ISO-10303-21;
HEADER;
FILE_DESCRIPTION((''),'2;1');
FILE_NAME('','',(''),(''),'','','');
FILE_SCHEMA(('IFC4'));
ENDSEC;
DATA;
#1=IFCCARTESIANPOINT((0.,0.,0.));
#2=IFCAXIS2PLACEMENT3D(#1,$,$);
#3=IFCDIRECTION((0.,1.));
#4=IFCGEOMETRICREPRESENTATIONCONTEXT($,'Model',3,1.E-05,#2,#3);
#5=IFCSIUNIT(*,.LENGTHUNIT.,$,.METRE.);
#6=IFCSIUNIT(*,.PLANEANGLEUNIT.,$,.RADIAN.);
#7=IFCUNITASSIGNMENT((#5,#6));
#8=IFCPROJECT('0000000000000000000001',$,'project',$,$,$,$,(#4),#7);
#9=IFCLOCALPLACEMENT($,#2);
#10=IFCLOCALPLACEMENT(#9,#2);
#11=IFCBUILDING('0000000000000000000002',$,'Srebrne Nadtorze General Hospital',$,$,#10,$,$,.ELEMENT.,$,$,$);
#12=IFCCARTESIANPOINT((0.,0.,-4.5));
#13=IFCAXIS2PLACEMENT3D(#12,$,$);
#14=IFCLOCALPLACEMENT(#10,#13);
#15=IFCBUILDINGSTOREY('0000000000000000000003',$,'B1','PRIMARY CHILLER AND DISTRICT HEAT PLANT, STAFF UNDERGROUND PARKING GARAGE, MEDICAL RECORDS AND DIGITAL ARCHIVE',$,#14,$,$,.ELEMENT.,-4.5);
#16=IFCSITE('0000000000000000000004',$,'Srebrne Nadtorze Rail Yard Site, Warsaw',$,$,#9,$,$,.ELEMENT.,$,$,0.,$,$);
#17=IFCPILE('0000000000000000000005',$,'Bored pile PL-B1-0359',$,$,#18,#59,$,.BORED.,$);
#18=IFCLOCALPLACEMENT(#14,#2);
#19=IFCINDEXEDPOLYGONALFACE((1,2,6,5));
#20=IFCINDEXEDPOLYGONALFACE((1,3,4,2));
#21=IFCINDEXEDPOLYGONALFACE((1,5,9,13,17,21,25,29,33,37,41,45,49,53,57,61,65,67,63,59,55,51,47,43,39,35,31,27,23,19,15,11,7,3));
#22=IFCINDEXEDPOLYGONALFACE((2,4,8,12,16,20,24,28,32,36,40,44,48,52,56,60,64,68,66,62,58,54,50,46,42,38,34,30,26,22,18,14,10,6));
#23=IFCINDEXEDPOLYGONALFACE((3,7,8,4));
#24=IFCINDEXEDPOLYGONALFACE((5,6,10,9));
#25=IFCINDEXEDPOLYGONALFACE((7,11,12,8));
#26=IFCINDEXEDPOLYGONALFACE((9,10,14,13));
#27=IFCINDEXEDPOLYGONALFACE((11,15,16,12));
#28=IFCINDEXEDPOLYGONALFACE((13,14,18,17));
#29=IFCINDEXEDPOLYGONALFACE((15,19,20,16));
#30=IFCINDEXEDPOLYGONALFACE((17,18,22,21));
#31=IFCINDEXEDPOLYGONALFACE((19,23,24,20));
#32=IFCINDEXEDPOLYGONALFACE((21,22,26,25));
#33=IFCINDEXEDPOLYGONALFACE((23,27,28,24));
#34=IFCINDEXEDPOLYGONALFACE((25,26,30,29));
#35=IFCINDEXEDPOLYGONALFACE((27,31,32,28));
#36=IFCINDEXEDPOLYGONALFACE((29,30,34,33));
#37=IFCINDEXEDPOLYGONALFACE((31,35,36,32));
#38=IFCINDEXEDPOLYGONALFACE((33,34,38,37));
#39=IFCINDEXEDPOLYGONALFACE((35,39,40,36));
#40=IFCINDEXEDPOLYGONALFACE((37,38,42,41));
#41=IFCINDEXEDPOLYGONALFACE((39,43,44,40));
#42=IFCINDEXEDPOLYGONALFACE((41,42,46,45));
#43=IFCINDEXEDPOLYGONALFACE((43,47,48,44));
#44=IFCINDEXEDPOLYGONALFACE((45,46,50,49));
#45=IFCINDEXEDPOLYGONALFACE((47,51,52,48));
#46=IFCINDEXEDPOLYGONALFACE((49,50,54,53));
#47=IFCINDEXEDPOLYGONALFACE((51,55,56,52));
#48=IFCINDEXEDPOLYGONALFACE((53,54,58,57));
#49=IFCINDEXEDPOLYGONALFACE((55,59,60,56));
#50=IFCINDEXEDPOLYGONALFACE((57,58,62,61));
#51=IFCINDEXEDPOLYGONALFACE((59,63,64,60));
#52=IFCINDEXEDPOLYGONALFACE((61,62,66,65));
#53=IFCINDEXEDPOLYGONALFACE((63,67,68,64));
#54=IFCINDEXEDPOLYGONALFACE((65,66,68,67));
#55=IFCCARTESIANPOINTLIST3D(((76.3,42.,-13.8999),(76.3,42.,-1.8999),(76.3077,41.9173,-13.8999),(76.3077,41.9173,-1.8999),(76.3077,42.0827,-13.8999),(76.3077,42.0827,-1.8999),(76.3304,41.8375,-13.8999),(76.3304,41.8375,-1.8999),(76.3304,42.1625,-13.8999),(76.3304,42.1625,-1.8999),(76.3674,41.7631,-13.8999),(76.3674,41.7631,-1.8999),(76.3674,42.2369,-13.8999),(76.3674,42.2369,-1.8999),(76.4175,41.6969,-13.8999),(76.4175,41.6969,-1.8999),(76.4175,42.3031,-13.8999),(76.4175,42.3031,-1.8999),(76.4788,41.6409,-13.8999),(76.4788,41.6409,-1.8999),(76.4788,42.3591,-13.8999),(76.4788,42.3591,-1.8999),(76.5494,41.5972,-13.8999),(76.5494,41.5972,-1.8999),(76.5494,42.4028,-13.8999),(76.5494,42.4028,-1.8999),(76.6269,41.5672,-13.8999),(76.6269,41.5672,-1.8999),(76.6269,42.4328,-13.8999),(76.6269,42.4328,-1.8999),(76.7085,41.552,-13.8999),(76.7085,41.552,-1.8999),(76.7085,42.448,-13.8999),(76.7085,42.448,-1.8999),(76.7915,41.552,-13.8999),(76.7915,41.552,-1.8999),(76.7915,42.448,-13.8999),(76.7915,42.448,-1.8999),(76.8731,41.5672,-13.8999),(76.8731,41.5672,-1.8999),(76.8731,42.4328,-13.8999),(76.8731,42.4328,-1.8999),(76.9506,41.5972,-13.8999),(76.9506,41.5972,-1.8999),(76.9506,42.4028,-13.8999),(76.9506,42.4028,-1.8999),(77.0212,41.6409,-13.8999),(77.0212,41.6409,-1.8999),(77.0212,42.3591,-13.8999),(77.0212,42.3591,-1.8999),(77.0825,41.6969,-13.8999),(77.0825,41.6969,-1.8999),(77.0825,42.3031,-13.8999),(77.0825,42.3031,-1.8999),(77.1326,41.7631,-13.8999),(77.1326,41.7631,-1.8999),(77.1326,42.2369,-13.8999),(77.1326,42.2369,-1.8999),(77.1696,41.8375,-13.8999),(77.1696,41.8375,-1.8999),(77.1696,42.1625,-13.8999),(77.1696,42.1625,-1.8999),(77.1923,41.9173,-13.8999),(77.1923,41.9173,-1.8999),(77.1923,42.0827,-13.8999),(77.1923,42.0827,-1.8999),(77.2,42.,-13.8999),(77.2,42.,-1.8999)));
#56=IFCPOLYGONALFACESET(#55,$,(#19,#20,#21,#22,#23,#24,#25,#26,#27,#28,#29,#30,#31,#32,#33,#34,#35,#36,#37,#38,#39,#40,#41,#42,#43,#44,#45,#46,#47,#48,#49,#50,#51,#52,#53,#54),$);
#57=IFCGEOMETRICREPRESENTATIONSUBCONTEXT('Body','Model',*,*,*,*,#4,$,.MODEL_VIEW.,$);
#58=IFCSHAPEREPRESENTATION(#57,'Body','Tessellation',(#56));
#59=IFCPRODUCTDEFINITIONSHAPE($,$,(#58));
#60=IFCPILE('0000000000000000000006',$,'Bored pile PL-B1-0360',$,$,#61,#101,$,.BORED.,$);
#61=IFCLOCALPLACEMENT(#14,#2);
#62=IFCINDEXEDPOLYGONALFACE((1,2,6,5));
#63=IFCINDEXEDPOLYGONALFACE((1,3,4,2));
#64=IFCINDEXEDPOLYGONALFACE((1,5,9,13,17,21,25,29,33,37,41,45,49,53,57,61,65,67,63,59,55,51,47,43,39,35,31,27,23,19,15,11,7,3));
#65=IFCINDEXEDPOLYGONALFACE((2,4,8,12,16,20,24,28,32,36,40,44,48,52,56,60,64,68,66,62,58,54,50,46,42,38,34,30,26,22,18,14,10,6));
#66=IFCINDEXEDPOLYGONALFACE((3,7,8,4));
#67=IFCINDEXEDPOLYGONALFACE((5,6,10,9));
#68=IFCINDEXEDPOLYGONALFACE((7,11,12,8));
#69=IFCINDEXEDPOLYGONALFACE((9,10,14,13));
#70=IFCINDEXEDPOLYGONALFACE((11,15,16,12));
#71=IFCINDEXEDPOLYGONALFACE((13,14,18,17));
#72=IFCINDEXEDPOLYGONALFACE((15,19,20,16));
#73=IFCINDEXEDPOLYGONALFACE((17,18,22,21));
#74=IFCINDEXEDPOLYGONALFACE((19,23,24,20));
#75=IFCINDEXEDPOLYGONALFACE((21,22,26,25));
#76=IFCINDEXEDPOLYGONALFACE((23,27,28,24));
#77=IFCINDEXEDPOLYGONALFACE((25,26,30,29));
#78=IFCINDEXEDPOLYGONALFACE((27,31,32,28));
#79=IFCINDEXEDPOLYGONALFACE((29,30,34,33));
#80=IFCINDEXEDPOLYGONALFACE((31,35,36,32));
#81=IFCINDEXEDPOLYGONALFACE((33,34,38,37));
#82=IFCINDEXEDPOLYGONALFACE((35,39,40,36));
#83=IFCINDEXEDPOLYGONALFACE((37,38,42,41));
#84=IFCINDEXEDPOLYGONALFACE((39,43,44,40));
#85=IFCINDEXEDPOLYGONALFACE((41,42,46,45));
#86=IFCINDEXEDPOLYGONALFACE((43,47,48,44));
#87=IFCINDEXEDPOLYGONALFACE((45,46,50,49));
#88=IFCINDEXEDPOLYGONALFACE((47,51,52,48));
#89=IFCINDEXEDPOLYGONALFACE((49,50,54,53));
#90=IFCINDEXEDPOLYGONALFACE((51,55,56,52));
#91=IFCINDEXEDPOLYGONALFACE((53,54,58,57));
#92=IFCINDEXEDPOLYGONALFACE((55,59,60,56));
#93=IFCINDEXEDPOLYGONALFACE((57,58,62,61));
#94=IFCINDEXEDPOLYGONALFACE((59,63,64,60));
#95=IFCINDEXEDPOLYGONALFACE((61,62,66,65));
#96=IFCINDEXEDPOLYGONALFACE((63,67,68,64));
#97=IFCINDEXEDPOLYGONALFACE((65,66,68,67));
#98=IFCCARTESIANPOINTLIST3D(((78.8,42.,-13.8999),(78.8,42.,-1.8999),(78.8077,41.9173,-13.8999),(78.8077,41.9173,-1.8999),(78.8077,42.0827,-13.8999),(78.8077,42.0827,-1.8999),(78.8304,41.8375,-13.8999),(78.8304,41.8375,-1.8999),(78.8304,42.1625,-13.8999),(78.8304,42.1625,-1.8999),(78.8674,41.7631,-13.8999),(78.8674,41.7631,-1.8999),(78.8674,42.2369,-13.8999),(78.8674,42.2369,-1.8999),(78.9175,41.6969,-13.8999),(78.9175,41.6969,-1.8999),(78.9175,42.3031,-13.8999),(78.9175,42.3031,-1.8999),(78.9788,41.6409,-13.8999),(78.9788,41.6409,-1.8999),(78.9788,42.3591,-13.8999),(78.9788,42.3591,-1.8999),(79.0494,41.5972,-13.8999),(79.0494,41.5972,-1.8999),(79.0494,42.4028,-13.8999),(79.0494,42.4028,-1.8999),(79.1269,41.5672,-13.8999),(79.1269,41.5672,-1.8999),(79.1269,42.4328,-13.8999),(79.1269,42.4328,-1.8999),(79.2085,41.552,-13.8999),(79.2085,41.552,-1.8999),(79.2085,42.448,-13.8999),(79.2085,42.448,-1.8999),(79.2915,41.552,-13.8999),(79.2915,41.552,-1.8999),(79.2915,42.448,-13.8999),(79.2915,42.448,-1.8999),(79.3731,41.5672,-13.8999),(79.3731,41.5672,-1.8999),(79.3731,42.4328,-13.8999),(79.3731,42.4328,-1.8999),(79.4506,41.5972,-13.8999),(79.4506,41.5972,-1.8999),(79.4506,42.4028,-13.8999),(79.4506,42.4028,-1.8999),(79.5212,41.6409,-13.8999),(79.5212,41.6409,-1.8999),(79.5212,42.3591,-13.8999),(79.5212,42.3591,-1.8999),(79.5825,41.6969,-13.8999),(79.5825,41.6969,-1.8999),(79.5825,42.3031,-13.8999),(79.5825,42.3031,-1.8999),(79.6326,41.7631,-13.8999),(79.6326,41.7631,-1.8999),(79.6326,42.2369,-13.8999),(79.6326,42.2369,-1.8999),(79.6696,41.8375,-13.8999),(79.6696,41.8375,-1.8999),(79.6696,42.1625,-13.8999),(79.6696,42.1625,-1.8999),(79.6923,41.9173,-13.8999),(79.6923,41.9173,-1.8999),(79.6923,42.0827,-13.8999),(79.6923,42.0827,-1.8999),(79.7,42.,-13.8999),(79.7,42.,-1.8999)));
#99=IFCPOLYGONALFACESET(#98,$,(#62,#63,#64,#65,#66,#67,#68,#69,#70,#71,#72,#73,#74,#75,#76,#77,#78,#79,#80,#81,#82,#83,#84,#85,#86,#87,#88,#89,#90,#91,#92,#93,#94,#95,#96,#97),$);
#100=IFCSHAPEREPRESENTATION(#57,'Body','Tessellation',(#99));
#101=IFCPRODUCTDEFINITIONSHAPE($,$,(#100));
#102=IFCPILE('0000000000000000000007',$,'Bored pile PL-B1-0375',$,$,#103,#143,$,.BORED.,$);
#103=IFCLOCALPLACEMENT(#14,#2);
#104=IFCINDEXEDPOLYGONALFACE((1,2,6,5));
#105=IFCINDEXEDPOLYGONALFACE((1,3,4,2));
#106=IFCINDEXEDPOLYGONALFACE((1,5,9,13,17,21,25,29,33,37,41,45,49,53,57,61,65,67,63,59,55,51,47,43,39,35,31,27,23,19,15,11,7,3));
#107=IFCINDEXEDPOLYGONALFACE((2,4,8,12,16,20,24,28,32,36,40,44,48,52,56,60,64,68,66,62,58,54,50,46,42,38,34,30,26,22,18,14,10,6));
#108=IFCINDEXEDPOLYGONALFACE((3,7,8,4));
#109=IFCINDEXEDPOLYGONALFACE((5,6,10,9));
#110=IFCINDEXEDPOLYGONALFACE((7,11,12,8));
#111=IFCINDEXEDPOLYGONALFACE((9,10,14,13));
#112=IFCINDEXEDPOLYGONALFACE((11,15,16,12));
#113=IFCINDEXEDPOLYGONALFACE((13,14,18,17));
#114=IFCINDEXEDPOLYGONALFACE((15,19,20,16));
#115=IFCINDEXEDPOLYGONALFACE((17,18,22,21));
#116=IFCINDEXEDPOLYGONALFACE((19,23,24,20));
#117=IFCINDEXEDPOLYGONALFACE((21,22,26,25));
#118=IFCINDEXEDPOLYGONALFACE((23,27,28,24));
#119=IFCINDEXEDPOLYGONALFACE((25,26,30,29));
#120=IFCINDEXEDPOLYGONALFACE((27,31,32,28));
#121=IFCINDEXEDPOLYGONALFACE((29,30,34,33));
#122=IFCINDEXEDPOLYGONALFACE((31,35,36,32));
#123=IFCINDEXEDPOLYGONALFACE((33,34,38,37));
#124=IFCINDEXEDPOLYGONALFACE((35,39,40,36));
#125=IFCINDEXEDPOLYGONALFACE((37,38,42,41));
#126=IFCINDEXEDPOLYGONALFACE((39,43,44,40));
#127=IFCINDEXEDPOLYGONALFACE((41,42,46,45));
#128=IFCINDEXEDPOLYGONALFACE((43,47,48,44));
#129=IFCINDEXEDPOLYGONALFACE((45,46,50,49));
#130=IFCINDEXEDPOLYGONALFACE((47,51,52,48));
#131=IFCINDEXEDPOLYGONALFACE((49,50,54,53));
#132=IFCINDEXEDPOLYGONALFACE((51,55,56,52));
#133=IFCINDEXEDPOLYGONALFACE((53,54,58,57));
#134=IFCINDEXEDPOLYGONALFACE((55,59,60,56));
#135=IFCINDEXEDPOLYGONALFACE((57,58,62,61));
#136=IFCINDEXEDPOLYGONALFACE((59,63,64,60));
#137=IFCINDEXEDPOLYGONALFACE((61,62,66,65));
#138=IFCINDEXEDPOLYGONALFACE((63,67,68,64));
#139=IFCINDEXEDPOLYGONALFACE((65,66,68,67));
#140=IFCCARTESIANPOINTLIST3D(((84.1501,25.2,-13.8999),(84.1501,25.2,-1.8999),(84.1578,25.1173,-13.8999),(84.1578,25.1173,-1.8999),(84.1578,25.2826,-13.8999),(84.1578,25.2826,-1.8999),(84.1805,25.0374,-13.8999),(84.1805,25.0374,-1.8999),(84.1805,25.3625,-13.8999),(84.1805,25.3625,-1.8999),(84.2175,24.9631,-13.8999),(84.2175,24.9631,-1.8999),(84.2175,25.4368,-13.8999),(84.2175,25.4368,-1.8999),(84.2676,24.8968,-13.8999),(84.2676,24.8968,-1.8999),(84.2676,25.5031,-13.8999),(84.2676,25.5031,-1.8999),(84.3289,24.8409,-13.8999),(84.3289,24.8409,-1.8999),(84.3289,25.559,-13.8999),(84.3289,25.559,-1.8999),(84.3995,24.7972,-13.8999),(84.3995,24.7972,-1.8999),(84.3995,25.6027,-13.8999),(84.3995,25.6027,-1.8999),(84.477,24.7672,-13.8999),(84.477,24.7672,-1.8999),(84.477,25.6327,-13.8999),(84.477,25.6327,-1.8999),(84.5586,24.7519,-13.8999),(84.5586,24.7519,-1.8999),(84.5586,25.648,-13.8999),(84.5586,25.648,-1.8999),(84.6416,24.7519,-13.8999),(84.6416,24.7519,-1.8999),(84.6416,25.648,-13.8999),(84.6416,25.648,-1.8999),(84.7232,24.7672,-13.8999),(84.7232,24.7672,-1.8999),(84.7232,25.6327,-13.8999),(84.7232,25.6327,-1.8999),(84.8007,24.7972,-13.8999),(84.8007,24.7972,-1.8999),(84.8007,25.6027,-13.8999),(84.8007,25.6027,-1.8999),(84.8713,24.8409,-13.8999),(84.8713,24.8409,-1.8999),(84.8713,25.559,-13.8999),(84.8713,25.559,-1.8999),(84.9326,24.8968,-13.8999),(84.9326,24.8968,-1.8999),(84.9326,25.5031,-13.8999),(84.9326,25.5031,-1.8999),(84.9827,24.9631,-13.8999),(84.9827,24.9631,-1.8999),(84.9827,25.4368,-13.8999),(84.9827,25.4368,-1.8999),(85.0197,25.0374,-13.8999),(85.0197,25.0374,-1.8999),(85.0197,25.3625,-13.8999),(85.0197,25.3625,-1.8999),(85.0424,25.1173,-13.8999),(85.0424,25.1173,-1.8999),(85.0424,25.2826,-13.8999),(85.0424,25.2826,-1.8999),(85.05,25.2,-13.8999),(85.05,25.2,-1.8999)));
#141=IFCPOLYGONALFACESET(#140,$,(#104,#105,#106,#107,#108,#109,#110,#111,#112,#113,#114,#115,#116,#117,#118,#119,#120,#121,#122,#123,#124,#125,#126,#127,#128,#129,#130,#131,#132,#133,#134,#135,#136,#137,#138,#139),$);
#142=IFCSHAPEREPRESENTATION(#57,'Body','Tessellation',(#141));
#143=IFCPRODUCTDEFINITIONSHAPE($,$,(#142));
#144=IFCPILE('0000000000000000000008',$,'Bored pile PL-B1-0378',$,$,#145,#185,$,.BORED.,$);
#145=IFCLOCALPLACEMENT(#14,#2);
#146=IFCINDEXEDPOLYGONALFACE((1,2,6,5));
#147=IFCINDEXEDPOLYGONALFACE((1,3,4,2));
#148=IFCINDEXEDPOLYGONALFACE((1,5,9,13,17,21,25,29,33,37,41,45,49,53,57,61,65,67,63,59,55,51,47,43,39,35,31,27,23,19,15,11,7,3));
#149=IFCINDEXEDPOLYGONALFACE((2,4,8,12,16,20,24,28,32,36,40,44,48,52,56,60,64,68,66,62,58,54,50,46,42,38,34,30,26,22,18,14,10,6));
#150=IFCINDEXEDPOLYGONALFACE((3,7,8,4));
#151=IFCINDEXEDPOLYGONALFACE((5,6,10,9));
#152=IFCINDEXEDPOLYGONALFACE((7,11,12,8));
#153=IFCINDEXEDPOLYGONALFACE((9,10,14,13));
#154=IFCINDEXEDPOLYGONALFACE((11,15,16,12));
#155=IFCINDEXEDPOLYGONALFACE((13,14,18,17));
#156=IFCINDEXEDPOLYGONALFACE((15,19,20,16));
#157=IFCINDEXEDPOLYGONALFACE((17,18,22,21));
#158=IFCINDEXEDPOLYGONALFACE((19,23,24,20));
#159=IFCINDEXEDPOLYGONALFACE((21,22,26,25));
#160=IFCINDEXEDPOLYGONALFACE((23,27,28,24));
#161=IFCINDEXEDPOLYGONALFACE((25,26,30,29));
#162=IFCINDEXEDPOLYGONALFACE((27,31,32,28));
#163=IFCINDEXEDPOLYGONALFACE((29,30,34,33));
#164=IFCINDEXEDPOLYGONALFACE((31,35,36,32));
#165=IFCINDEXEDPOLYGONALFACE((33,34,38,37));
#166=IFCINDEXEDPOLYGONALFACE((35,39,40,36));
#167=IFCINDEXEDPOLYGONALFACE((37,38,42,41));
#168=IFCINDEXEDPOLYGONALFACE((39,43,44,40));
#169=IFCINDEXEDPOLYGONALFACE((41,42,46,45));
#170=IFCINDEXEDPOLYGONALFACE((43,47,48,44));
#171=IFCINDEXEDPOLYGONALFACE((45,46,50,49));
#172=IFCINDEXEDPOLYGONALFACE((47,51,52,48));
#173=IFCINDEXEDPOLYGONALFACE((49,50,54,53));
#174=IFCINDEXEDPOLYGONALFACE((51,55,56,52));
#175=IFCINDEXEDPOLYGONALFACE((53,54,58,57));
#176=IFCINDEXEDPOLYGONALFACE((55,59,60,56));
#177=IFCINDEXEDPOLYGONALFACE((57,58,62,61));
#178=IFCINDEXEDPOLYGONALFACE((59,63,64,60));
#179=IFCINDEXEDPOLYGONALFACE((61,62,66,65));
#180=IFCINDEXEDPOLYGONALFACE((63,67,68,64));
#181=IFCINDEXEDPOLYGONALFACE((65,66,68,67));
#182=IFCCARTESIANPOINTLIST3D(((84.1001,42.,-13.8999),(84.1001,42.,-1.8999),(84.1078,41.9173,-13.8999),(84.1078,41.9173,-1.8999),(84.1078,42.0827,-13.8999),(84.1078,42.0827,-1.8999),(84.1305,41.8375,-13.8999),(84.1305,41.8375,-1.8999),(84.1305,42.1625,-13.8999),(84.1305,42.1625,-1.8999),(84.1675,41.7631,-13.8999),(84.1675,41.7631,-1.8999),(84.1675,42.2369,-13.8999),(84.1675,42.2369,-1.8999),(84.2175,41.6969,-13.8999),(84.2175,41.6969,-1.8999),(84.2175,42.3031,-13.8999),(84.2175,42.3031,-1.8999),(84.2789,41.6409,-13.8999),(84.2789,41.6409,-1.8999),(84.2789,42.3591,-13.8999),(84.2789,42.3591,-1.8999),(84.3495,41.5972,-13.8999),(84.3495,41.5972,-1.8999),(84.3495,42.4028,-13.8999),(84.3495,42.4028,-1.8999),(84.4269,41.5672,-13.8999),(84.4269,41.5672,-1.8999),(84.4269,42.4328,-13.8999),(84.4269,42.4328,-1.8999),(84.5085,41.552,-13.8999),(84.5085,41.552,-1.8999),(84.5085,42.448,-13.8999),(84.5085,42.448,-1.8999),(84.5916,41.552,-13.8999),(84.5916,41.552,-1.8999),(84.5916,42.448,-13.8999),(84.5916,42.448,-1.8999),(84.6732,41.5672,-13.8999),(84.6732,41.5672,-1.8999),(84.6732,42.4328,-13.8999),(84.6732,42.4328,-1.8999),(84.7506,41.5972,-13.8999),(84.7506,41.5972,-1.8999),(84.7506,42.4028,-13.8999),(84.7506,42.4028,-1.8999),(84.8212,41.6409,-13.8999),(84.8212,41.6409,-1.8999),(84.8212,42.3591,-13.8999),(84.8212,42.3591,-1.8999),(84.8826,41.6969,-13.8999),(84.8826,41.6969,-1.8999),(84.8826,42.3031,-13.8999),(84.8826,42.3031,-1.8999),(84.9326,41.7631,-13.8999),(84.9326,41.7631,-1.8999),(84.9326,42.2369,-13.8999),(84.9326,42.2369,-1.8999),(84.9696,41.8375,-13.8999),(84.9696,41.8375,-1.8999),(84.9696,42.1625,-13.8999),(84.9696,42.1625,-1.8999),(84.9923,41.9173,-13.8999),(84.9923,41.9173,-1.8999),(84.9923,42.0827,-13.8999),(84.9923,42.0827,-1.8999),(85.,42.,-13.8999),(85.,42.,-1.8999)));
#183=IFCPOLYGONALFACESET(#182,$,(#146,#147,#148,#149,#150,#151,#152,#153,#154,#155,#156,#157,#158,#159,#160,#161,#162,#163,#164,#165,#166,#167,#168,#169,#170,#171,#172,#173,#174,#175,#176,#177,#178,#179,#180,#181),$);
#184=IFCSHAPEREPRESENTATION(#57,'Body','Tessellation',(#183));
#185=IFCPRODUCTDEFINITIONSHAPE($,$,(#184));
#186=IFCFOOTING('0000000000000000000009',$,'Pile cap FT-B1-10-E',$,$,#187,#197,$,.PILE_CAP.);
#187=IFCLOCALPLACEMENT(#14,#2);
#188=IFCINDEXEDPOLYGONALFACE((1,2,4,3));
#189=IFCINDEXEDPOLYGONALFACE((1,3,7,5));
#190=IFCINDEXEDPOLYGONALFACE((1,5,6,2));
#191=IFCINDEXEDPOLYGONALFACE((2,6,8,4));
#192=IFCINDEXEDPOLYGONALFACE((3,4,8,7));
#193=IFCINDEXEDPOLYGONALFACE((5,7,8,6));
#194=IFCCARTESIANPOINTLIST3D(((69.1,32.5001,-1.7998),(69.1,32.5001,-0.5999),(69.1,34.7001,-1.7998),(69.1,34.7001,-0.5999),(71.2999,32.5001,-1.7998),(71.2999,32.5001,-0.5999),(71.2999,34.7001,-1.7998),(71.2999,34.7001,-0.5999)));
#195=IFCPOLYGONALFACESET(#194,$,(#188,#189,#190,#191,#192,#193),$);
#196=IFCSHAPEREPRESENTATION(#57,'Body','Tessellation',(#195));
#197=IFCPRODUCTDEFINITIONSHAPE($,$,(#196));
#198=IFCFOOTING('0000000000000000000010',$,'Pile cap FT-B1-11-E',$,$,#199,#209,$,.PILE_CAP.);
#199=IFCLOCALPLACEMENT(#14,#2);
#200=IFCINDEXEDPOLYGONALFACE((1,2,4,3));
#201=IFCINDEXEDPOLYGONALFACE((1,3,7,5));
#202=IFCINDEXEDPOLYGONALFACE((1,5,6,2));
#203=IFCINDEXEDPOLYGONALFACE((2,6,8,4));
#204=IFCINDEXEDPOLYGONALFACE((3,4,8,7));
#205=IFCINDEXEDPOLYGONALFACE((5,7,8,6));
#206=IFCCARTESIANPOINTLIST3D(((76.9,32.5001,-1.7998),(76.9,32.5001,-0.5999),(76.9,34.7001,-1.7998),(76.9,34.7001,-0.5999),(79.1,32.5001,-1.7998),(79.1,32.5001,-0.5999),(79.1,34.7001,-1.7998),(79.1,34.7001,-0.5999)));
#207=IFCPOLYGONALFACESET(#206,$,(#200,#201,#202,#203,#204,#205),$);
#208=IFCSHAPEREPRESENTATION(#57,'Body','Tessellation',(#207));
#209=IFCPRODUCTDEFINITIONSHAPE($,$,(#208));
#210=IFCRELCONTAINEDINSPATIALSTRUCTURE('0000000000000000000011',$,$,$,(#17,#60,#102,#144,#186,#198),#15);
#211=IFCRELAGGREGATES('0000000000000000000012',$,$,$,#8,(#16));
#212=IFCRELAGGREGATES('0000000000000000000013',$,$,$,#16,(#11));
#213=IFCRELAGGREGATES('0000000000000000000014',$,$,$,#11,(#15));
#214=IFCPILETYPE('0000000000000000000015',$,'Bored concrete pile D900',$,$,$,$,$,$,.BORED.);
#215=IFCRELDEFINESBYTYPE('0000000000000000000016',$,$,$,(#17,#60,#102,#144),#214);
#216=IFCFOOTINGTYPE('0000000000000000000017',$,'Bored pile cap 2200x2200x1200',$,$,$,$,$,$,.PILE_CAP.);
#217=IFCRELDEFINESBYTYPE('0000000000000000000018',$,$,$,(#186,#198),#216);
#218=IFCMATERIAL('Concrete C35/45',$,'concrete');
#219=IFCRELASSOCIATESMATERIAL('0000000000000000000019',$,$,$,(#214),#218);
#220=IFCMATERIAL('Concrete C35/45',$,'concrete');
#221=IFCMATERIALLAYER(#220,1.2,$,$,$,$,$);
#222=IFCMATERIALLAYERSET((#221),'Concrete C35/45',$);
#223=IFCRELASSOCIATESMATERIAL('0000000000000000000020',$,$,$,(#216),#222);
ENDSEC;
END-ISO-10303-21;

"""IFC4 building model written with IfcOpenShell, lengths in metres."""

from ifc_helpers import new_model, si_unit, direction, frame, origin, origin_2d, place, context, subcontext, project, spatial, rectangle, circle, extrude, material, layer, layer_set, material_profile, profile_set, type_object, element, save


model = new_model("IFC4")

# Units and contexts
model_context = context("Model", 3, precision=1e-05, world=origin(), true_north=direction((0.0, 1.0)))
body_context = subcontext(model_context, "Body", "Model", "MODEL_VIEW")
ifc_project = project(units=[si_unit("LENGTHUNIT", "METRE"), si_unit("PLANEANGLEUNIT", "RADIAN")], contexts=[model_context])

# Site, building, storey
site_placement = place(None, origin())
site = spatial("IfcSite", under=ifc_project, at=site_placement, Name="Srebrne Nadtorze Rail Yard Site, Warsaw", CompositionType="ELEMENT", RefElevation=0.0)
building_placement = place(site_placement, origin())
building = spatial("IfcBuilding", under=site, at=building_placement, Name="Srebrne Nadtorze General Hospital", CompositionType="ELEMENT")
storey_placement = place(building_placement, frame((0.0, 0.0, -4.5)))
storey = spatial("IfcBuildingStorey", under=building, at=storey_placement, Name="B1", Description="PRIMARY CHILLER AND DISTRICT HEAT PLANT, STAFF UNDERGROUND PARKING GARAGE, MEDICAL RECORDS AND DIGITAL ARCHIVE", CompositionType="ELEMENT", Elevation=-4.5)

# Piles
ifc_material_1 = material(Name="Concrete C35/45", Category="concrete")
ifc_material_profile_1 = material_profile(ifc_material_1, circle(Radius=0.45, at=origin_2d()), Name="PILE-D900")
ifc_profile_set_1 = profile_set([ifc_material_profile_1], Name="Concrete C35/45")
pile_type_1 = type_object("IfcPileType", Name="Bored concrete pile D900", PredefinedType="BORED", material=ifc_profile_set_1)
for number, where, z_axis, x_axis, name in (
    (1, (76.75, 42.0, -1.8999), (0.0, 0.0, -1.0), (1.0, 0.0, 0.0), "Bored pile PL-B1-0359"),
    (2, (79.25, 42.0, -1.8999), (0.0, 0.0, -1.0), (1.0, 0.0, 0.0), "Bored pile PL-B1-0360"),
    (3, (84.6001, 25.2, -1.8999), (0.0, 0.0, -1.0), (1.0, 0.0, 0.0), "Bored pile PL-B1-0375"),
    (4, (84.55, 42.0, -1.8999), (0.0, 0.0, -1.0), (1.0, 0.0, 0.0), "Bored pile PL-B1-0378"),
):
    element("IfcPile", number, at=place(storey_placement, frame(where, z_axis=z_axis, x_axis=x_axis)), inside=storey, type_object=pile_type_1, Name=name, PredefinedType="BORED", context=body_context, shape_type="SweptSolid", body=[
        extrude(circle(Radius=0.45, at=origin_2d()), origin(), (0.0, 0.0, 1.0), 12.0),
    ])

# Footings
ifc_material_2 = material(Name="Concrete C35/45", Category="concrete")
ifc_layer_1 = layer(ifc_material_2, 1.2)
ifc_layer_set_1 = layer_set([ifc_layer_1], Name="Concrete C35/45")
footing_type_1 = type_object("IfcFootingType", Name="Bored pile cap 2200x2200x1200", PredefinedType="PILE_CAP", material=ifc_layer_set_1)
for number, where, z_axis, x_axis, name in (
    (5, (70.2, 33.6001, -1.7998), (0.0, 0.0, 1.0), (1.0, 0.0, 0.0), "Pile cap FT-B1-10-E"),
    (6, (78.0, 33.6001, -1.7998), (0.0, 0.0, 1.0), (1.0, 0.0, 0.0), "Pile cap FT-B1-11-E"),
):
    element("IfcFooting", number, at=place(storey_placement, frame(where, z_axis=z_axis, x_axis=x_axis)), inside=storey, type_object=footing_type_1, Name=name, PredefinedType="PILE_CAP", context=body_context, shape_type="SweptSolid", body=[
        extrude(rectangle(XDim=2.2, YDim=2.2, at=origin_2d()), origin(), (0.0, 0.0, 1.0), 1.2),
    ])

save(model, "model.ifc")
